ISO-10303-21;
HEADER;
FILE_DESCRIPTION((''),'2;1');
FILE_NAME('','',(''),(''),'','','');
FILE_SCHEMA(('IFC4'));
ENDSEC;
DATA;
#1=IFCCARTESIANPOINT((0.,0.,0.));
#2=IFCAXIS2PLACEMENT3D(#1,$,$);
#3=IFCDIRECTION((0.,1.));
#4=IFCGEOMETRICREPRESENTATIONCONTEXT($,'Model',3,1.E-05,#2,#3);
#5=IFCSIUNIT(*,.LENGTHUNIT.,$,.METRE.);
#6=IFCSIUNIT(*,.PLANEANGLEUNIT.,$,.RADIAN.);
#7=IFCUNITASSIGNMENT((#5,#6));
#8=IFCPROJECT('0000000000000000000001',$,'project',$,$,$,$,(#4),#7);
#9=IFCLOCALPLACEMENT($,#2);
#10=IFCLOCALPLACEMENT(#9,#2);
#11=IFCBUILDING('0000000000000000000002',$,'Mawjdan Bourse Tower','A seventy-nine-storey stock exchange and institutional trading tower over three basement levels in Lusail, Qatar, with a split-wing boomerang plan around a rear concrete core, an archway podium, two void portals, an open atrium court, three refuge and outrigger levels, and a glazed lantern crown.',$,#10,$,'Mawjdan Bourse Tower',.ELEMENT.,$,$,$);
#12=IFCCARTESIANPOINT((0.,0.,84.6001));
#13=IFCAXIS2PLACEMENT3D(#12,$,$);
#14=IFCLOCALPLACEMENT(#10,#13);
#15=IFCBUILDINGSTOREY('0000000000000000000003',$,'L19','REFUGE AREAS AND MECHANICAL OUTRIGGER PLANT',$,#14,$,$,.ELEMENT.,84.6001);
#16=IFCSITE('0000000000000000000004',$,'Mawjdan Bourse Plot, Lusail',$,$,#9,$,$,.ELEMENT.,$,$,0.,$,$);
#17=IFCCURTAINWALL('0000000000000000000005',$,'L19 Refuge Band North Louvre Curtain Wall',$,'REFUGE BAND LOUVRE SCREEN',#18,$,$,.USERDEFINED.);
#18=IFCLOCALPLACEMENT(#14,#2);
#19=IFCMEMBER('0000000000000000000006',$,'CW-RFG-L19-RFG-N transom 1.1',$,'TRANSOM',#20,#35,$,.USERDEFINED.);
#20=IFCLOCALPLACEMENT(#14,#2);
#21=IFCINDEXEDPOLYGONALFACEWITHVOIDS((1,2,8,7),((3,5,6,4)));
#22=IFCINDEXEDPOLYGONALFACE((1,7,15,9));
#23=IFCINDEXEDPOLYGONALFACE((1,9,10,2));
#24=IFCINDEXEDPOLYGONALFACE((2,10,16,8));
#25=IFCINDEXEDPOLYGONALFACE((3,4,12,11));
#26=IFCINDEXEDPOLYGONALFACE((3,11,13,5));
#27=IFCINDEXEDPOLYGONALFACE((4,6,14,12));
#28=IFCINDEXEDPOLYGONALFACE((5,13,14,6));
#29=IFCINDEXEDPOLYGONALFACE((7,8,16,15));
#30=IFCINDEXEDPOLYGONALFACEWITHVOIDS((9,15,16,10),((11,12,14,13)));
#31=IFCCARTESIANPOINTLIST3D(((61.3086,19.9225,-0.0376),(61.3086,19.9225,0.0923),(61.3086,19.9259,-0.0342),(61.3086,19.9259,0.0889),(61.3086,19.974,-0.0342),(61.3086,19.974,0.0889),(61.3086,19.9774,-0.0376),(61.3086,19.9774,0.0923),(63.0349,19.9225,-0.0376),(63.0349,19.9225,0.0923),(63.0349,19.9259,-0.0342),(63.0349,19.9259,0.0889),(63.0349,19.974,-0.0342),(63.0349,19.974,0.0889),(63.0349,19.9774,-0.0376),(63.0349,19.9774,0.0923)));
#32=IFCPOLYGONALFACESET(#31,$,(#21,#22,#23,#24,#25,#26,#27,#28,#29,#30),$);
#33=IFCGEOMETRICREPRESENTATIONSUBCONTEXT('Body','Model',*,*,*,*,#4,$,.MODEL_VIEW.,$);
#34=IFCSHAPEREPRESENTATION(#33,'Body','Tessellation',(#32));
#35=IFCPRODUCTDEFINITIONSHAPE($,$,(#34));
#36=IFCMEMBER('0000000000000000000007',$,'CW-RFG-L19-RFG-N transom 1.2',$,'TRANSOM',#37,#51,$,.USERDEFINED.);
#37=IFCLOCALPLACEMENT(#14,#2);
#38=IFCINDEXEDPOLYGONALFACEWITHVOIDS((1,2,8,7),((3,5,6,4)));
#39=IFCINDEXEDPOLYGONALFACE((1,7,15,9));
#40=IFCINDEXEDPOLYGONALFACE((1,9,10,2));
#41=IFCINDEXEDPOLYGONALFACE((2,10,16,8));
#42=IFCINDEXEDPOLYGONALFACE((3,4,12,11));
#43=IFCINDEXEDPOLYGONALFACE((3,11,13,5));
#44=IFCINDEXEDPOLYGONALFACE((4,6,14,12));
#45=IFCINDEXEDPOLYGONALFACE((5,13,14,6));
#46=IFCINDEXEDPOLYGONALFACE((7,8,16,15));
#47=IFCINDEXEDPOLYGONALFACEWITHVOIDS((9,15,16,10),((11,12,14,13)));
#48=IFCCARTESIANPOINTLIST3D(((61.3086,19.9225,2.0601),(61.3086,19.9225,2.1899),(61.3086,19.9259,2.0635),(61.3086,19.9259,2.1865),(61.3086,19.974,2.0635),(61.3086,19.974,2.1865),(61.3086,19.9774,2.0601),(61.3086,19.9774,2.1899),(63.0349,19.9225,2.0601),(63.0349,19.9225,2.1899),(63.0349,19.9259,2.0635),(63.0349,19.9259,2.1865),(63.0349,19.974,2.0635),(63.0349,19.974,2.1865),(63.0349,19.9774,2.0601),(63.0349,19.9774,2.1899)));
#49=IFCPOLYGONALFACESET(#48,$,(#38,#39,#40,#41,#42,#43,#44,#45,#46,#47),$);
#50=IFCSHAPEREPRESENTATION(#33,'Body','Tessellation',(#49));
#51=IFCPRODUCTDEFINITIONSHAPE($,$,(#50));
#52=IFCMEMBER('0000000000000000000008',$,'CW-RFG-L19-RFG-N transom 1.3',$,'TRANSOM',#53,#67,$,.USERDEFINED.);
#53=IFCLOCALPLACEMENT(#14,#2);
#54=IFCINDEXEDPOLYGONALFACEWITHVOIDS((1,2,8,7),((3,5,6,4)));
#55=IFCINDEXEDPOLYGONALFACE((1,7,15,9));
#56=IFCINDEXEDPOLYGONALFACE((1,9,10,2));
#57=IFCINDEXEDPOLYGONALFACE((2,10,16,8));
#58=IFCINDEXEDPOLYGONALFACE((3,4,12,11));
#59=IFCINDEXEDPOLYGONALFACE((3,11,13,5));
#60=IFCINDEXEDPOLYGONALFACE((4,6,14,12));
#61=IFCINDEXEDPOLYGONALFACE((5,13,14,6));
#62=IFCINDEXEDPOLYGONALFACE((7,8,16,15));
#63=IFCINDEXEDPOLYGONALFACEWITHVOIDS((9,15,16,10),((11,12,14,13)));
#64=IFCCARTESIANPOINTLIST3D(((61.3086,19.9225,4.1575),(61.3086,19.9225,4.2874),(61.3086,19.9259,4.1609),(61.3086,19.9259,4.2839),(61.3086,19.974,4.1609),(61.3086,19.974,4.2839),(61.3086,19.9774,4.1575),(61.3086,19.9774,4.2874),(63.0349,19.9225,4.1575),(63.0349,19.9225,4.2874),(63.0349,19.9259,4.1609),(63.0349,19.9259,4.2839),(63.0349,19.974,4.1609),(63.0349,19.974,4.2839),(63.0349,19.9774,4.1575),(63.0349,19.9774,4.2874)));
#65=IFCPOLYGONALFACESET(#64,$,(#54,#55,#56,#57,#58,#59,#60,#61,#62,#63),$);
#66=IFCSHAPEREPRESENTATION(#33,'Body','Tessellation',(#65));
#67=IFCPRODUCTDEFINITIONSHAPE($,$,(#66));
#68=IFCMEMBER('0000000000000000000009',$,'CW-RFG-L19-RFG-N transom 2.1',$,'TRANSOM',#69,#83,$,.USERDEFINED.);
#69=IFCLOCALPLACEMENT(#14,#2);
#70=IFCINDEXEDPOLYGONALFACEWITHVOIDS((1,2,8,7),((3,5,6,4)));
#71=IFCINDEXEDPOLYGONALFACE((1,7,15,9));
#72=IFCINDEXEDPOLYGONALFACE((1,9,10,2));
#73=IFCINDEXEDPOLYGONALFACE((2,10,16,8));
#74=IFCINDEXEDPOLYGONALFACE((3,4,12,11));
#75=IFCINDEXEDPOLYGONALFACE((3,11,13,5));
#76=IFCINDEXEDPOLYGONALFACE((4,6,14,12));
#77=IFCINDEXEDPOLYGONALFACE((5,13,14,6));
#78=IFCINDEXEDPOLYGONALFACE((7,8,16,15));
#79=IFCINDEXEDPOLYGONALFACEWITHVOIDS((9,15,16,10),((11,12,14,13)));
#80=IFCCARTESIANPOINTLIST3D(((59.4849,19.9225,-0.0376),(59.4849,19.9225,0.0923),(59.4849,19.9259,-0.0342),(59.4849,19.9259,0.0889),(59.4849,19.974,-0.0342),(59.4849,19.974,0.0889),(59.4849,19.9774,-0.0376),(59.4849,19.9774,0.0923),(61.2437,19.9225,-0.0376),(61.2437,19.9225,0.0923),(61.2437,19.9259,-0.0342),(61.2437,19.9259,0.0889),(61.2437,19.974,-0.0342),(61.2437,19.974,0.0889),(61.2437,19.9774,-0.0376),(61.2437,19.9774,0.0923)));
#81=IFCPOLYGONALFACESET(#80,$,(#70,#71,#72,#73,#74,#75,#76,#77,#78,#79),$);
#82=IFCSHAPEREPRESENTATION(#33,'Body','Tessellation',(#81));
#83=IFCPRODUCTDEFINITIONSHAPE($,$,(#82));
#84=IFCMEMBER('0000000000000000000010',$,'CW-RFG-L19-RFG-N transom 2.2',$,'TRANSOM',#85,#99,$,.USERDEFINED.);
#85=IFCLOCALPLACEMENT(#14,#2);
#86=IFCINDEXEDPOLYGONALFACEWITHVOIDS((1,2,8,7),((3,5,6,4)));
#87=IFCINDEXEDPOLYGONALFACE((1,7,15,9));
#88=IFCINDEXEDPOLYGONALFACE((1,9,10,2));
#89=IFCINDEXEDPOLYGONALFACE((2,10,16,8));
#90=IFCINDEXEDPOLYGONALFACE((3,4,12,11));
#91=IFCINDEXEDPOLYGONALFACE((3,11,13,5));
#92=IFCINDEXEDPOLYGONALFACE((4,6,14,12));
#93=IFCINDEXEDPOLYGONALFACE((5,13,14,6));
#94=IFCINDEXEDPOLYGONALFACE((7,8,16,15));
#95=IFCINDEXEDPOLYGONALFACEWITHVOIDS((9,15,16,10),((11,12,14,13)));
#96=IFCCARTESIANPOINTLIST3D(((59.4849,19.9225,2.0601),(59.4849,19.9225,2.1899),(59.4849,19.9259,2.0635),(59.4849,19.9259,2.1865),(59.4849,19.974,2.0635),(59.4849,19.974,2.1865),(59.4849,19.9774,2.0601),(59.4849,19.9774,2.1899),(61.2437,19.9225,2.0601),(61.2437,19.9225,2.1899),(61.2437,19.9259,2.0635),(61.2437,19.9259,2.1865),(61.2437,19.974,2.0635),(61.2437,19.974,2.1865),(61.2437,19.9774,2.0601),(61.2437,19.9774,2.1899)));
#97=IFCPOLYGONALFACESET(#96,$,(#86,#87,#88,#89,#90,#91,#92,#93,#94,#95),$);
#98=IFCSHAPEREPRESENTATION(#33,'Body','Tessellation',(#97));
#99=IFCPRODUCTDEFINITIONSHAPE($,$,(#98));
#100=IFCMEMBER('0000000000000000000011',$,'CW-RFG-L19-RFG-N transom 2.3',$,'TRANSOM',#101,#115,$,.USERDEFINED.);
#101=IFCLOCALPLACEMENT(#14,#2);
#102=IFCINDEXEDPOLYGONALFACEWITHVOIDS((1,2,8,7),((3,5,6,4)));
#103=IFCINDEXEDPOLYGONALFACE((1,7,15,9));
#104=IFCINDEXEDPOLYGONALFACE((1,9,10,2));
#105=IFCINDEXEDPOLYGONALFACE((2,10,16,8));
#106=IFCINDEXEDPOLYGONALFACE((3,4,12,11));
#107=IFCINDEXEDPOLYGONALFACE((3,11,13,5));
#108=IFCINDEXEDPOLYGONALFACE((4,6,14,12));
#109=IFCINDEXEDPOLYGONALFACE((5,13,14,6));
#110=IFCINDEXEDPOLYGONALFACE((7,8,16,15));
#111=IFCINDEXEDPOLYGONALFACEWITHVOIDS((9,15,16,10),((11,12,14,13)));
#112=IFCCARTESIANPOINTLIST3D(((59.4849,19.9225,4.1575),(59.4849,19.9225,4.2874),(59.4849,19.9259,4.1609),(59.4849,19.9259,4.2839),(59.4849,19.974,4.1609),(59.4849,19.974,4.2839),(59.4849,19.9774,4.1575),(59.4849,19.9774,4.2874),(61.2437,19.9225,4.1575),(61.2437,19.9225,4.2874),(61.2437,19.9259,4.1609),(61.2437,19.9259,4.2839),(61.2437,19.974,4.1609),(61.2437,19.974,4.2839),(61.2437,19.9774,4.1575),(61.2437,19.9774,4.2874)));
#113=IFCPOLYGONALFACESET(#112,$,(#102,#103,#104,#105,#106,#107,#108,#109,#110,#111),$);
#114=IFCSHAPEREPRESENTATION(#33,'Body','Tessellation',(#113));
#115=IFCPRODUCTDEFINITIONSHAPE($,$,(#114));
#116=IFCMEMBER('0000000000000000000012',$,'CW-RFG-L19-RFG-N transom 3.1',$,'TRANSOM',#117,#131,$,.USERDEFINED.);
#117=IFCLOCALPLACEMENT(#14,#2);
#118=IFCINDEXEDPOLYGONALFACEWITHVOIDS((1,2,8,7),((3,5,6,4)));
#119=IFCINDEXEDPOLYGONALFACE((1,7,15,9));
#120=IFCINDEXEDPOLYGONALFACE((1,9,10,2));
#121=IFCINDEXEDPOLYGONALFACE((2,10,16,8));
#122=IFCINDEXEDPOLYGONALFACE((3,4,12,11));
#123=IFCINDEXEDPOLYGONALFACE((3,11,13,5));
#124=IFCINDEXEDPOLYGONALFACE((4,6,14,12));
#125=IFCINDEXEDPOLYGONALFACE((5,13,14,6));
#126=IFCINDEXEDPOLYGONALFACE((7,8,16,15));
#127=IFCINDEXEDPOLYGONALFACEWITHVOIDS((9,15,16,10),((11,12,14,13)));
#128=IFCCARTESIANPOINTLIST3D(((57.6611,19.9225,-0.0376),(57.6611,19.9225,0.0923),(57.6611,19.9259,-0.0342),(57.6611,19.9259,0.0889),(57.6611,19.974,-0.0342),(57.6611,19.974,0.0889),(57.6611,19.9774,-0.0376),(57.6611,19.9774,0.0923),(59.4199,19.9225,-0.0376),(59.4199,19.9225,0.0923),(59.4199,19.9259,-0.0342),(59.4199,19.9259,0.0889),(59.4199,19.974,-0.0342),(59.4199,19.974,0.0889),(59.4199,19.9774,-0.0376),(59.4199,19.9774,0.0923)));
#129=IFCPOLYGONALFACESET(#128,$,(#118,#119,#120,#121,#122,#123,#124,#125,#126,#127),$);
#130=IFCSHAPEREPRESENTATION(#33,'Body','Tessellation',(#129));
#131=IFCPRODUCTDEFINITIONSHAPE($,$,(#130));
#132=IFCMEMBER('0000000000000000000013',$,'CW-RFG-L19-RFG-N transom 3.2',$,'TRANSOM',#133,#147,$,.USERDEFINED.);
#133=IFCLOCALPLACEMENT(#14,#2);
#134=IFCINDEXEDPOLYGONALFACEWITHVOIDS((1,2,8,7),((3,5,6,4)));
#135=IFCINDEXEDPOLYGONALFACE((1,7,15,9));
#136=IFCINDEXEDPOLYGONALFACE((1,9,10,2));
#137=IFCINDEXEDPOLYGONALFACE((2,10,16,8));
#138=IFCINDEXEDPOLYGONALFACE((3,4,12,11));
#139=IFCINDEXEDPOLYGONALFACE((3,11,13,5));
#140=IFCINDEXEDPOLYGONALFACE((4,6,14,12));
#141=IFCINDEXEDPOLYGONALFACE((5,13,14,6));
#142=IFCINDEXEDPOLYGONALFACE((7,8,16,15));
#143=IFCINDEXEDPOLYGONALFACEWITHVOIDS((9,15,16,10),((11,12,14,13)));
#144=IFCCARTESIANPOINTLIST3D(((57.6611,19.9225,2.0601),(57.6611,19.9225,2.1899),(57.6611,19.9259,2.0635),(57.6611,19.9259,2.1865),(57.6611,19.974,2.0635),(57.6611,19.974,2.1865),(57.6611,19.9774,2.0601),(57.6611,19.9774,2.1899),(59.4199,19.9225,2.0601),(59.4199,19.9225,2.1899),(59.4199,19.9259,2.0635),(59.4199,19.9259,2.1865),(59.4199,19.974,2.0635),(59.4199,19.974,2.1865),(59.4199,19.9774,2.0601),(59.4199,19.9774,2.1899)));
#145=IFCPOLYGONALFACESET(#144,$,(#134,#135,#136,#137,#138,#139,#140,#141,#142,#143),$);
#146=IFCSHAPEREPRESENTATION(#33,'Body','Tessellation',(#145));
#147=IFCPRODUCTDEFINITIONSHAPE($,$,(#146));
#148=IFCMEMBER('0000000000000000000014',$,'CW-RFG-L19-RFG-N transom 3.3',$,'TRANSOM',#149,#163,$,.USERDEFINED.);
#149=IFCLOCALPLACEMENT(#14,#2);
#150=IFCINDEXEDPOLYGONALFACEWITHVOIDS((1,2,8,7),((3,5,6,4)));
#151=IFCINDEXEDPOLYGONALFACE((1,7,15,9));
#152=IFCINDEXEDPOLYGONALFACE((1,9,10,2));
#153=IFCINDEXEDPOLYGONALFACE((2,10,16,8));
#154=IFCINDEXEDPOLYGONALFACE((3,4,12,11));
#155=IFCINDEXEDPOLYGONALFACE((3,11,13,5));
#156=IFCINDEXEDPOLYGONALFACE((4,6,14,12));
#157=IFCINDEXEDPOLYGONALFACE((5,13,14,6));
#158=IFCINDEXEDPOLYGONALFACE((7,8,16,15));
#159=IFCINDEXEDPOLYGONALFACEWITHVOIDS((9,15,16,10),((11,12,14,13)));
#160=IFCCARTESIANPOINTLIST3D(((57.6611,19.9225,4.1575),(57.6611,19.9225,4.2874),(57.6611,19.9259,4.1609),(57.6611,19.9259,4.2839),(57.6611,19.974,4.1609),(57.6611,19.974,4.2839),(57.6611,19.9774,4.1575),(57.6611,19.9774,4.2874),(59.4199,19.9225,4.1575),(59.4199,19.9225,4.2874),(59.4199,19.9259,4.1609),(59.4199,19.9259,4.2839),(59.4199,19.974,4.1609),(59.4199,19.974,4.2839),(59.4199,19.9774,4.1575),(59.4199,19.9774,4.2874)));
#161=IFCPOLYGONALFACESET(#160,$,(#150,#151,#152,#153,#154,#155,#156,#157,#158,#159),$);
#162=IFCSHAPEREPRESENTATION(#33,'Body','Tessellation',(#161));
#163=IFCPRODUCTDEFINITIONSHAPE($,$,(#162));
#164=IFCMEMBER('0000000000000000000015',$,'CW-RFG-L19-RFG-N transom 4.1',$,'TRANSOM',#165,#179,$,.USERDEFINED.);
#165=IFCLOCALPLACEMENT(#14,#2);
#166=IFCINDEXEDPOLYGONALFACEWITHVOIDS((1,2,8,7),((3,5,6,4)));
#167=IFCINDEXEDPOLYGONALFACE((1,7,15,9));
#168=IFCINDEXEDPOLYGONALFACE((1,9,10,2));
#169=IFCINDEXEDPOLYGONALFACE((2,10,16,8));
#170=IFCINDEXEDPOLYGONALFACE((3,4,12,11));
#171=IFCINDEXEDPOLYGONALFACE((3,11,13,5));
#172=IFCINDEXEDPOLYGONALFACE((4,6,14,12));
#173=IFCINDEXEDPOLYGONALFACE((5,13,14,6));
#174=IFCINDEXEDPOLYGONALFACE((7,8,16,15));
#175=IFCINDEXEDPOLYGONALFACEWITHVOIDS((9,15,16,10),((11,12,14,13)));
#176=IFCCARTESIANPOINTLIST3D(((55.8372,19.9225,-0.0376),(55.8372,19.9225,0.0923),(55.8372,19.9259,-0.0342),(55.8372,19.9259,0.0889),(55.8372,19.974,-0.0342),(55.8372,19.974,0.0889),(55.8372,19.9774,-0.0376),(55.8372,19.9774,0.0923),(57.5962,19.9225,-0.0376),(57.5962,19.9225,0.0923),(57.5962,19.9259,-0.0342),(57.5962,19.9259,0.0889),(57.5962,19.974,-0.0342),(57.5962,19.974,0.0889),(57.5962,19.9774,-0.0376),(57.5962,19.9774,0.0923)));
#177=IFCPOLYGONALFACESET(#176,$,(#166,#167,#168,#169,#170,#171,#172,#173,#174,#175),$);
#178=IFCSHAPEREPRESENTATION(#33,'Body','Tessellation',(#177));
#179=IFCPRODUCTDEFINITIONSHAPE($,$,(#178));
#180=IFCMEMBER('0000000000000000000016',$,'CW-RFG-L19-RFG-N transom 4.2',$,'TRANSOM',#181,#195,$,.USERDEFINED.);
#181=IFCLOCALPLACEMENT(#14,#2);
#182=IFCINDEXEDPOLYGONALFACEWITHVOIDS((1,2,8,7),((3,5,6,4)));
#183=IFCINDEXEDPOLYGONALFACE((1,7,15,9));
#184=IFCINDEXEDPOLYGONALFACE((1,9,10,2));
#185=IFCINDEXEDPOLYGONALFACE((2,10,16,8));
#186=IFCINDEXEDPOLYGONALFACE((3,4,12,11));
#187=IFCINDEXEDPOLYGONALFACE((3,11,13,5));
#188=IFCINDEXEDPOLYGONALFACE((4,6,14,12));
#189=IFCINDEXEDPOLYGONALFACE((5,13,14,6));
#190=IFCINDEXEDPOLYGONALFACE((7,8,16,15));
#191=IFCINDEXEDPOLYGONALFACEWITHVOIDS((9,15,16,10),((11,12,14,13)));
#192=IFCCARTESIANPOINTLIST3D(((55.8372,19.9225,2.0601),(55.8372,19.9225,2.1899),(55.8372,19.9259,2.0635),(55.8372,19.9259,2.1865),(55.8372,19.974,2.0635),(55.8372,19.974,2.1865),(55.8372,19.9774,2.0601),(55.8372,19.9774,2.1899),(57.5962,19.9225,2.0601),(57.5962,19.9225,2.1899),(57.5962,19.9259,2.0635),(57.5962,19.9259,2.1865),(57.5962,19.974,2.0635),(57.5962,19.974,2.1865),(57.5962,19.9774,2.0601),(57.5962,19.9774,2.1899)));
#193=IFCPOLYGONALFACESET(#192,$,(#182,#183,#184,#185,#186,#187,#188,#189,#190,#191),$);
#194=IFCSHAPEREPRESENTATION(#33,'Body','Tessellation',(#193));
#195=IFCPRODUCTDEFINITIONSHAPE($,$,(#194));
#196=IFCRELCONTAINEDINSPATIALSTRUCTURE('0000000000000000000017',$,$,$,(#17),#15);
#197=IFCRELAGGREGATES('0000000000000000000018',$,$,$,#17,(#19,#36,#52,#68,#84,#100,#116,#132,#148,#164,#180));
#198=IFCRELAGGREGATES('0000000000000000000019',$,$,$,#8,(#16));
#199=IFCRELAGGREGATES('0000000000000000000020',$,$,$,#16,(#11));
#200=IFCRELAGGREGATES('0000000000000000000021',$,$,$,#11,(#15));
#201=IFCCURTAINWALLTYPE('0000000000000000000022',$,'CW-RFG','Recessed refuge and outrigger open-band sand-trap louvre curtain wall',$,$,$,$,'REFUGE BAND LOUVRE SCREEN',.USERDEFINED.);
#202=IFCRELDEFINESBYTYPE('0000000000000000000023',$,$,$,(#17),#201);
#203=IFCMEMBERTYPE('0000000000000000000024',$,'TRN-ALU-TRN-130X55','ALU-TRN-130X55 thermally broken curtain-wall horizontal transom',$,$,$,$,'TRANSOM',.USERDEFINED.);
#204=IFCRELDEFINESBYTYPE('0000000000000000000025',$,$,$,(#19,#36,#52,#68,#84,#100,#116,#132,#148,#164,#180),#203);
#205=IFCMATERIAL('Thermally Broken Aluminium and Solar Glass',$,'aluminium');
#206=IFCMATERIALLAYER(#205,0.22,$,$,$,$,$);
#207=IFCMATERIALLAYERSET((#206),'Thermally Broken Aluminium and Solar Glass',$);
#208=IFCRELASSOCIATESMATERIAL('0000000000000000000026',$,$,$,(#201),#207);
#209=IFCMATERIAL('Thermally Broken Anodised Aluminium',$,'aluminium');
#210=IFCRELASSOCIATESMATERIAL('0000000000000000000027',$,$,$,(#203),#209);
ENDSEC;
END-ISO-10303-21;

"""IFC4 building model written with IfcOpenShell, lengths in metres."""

from ifc_helpers import new_model, si_unit, direction, frame, origin, origin_2d, place, context, subcontext, project, spatial, hollow_rectangle, extrude, material, layer, layer_set, material_profile, profile_set, type_object, element, aggregate, save


model = new_model("IFC4")

# Units and contexts
model_context = context("Model", 3, precision=1e-05, world=origin(), true_north=direction((0.0, 1.0)))
body_context = subcontext(model_context, "Body", "Model", "MODEL_VIEW")
ifc_project = project(units=[si_unit("LENGTHUNIT", "METRE"), si_unit("PLANEANGLEUNIT", "RADIAN")], contexts=[model_context])

# Site, building, storey
site_placement = place(None, origin())
site = spatial("IfcSite", under=ifc_project, at=site_placement, Name="Mawjdan Bourse Plot, Lusail", CompositionType="ELEMENT", RefElevation=0.0)
building_placement = place(site_placement, origin())
building = spatial("IfcBuilding", under=site, at=building_placement, Name="Mawjdan Bourse Tower", Description="A seventy-nine-storey stock exchange and institutional trading tower over three basement levels in Lusail, Qatar, with a split-wing boomerang plan around a rear concrete core, an archway podium, two void portals, an open atrium court, three refuge and outrigger levels, and a glazed lantern crown.", LongName="Mawjdan Bourse Tower", CompositionType="ELEMENT")
storey_placement = place(building_placement, frame((0.0, 0.0, 84.6001)))
storey = spatial("IfcBuildingStorey", under=building, at=storey_placement, Name="L19", Description="REFUGE AREAS AND MECHANICAL OUTRIGGER PLANT", CompositionType="ELEMENT", Elevation=84.6001)

# Curtain wall
ifc_material_1 = material(Name="Thermally Broken Aluminium and Solar Glass", Category="aluminium")
ifc_layer_1 = layer(ifc_material_1, 0.22)
ifc_layer_set_1 = layer_set([ifc_layer_1], Name="Thermally Broken Aluminium and Solar Glass")
curtain_wall_type = type_object("IfcCurtainWallType", Name="CW-RFG", Description="Recessed refuge and outrigger open-band sand-trap louvre curtain wall", ElementType="REFUGE BAND LOUVRE SCREEN", PredefinedType="USERDEFINED", material=ifc_layer_set_1)
curtain_wall_placement = place(storey_placement, origin())
curtain_wall = element("IfcCurtainWall", 1, at=curtain_wall_placement, inside=storey, type_object=curtain_wall_type, Name="L19 Refuge Band North Louvre Curtain Wall", ObjectType="REFUGE BAND LOUVRE SCREEN", PredefinedType="USERDEFINED")
ifc_material_2 = material(Name="Thermally Broken Anodised Aluminium", Category="aluminium")

# Members
ifc_material_profile_1 = material_profile(ifc_material_2, hollow_rectangle(XDim=0.0549, YDim=0.1299, WallThickness=0.0034, at=origin_2d()), Name="ALU-TRN-130X55")
ifc_profile_set_1 = profile_set([ifc_material_profile_1], Name="Thermally Broken Anodised Aluminium")
member_type_1 = type_object("IfcMemberType", Name="TRN-ALU-TRN-130X55", Description="ALU-TRN-130X55 thermally broken curtain-wall horizontal transom", ElementType="TRANSOM", PredefinedType="USERDEFINED", material=ifc_profile_set_1)
member_1_placement = place(storey_placement, frame((63.0349, 19.95, 0.0273), z_axis=(-1.0, 0.0, 0.0), x_axis=(0.0, -1.0, 0.0)))
member_1 = element("IfcMember", 2, at=member_1_placement, type_object=member_type_1, Name="CW-RFG-L19-RFG-N transom 1.1", ObjectType="TRANSOM", PredefinedType="USERDEFINED", context=body_context, shape_type="SweptSolid", body=[
    extrude(hollow_rectangle(XDim=0.0549, YDim=0.1299, WallThickness=0.0034, at=origin_2d()), origin(), (0.0, 0.0, 1.0), 1.7263),
])
member_2_placement = place(storey_placement, frame((63.0349, 19.95, 2.125), z_axis=(-1.0, 0.0, 0.0), x_axis=(0.0, -1.0, 0.0)))
member_2 = element("IfcMember", 3, at=member_2_placement, type_object=member_type_1, Name="CW-RFG-L19-RFG-N transom 1.2", ObjectType="TRANSOM", PredefinedType="USERDEFINED", context=body_context, shape_type="SweptSolid", body=[
    extrude(hollow_rectangle(XDim=0.0549, YDim=0.1299, WallThickness=0.0034, at=origin_2d()), origin(), (0.0, 0.0, 1.0), 1.7263),
])
member_3_placement = place(storey_placement, frame((63.0349, 19.95, 4.2224), z_axis=(-1.0, 0.0, 0.0), x_axis=(0.0, -1.0, 0.0)))
member_3 = element("IfcMember", 4, at=member_3_placement, type_object=member_type_1, Name="CW-RFG-L19-RFG-N transom 1.3", ObjectType="TRANSOM", PredefinedType="USERDEFINED", context=body_context, shape_type="SweptSolid", body=[
    extrude(hollow_rectangle(XDim=0.0549, YDim=0.1299, WallThickness=0.0034, at=origin_2d()), origin(), (0.0, 0.0, 1.0), 1.7263),
])
member_4_placement = place(storey_placement, frame((61.2437, 19.95, 0.0273), z_axis=(-1.0, 0.0, 0.0), x_axis=(0.0, -1.0, 0.0)))
member_4 = element("IfcMember", 5, at=member_4_placement, type_object=member_type_1, Name="CW-RFG-L19-RFG-N transom 2.1", ObjectType="TRANSOM", PredefinedType="USERDEFINED", context=body_context, shape_type="SweptSolid", body=[
    extrude(hollow_rectangle(XDim=0.0549, YDim=0.1299, WallThickness=0.0034, at=origin_2d()), origin(), (0.0, 0.0, 1.0), 1.7588),
])
member_5_placement = place(storey_placement, frame((61.2437, 19.95, 2.125), z_axis=(-1.0, 0.0, 0.0), x_axis=(0.0, -1.0, 0.0)))
member_5 = element("IfcMember", 6, at=member_5_placement, type_object=member_type_1, Name="CW-RFG-L19-RFG-N transom 2.2", ObjectType="TRANSOM", PredefinedType="USERDEFINED", context=body_context, shape_type="SweptSolid", body=[
    extrude(hollow_rectangle(XDim=0.0549, YDim=0.1299, WallThickness=0.0034, at=origin_2d()), origin(), (0.0, 0.0, 1.0), 1.7588),
])
member_6_placement = place(storey_placement, frame((61.2437, 19.95, 4.2224), z_axis=(-1.0, 0.0, 0.0), x_axis=(0.0, -1.0, 0.0)))
member_6 = element("IfcMember", 7, at=member_6_placement, type_object=member_type_1, Name="CW-RFG-L19-RFG-N transom 2.3", ObjectType="TRANSOM", PredefinedType="USERDEFINED", context=body_context, shape_type="SweptSolid", body=[
    extrude(hollow_rectangle(XDim=0.0549, YDim=0.1299, WallThickness=0.0034, at=origin_2d()), origin(), (0.0, 0.0, 1.0), 1.7588),
])
member_7_placement = place(storey_placement, frame((59.4199, 19.95, 0.0273), z_axis=(-1.0, 0.0, 0.0), x_axis=(0.0, -1.0, 0.0)))
member_7 = element("IfcMember", 8, at=member_7_placement, type_object=member_type_1, Name="CW-RFG-L19-RFG-N transom 3.1", ObjectType="TRANSOM", PredefinedType="USERDEFINED", context=body_context, shape_type="SweptSolid", body=[
    extrude(hollow_rectangle(XDim=0.0549, YDim=0.1299, WallThickness=0.0034, at=origin_2d()), origin(), (0.0, 0.0, 1.0), 1.7588),
])
member_8_placement = place(storey_placement, frame((59.4199, 19.95, 2.125), z_axis=(-1.0, 0.0, 0.0), x_axis=(0.0, -1.0, 0.0)))
member_8 = element("IfcMember", 9, at=member_8_placement, type_object=member_type_1, Name="CW-RFG-L19-RFG-N transom 3.2", ObjectType="TRANSOM", PredefinedType="USERDEFINED", context=body_context, shape_type="SweptSolid", body=[
    extrude(hollow_rectangle(XDim=0.0549, YDim=0.1299, WallThickness=0.0034, at=origin_2d()), origin(), (0.0, 0.0, 1.0), 1.7588),
])
member_9_placement = place(storey_placement, frame((59.4199, 19.95, 4.2224), z_axis=(-1.0, 0.0, 0.0), x_axis=(0.0, -1.0, 0.0)))
member_9 = element("IfcMember", 10, at=member_9_placement, type_object=member_type_1, Name="CW-RFG-L19-RFG-N transom 3.3", ObjectType="TRANSOM", PredefinedType="USERDEFINED", context=body_context, shape_type="SweptSolid", body=[
    extrude(hollow_rectangle(XDim=0.0549, YDim=0.1299, WallThickness=0.0034, at=origin_2d()), origin(), (0.0, 0.0, 1.0), 1.7588),
])
member_10_placement = place(storey_placement, frame((57.5962, 19.95, 0.0273), z_axis=(-1.0, 0.0, 0.0), x_axis=(0.0, -1.0, 0.0)))
member_10 = element("IfcMember", 11, at=member_10_placement, type_object=member_type_1, Name="CW-RFG-L19-RFG-N transom 4.1", ObjectType="TRANSOM", PredefinedType="USERDEFINED", context=body_context, shape_type="SweptSolid", body=[
    extrude(hollow_rectangle(XDim=0.0549, YDim=0.1299, WallThickness=0.0034, at=origin_2d()), origin(), (0.0, 0.0, 1.0), 1.759),
])
member_11_placement = place(storey_placement, frame((57.5962, 19.95, 2.125), z_axis=(-1.0, 0.0, 0.0), x_axis=(0.0, -1.0, 0.0)))
member_11 = element("IfcMember", 12, at=member_11_placement, type_object=member_type_1, Name="CW-RFG-L19-RFG-N transom 4.2", ObjectType="TRANSOM", PredefinedType="USERDEFINED", context=body_context, shape_type="SweptSolid", body=[
    extrude(hollow_rectangle(XDim=0.0549, YDim=0.1299, WallThickness=0.0034, at=origin_2d()), origin(), (0.0, 0.0, 1.0), 1.759),
])

aggregate(curtain_wall, [member_1, member_2, member_3, member_4, member_5, member_6, member_7, member_8, member_9, member_10, member_11])

save(model, "model.ifc")
